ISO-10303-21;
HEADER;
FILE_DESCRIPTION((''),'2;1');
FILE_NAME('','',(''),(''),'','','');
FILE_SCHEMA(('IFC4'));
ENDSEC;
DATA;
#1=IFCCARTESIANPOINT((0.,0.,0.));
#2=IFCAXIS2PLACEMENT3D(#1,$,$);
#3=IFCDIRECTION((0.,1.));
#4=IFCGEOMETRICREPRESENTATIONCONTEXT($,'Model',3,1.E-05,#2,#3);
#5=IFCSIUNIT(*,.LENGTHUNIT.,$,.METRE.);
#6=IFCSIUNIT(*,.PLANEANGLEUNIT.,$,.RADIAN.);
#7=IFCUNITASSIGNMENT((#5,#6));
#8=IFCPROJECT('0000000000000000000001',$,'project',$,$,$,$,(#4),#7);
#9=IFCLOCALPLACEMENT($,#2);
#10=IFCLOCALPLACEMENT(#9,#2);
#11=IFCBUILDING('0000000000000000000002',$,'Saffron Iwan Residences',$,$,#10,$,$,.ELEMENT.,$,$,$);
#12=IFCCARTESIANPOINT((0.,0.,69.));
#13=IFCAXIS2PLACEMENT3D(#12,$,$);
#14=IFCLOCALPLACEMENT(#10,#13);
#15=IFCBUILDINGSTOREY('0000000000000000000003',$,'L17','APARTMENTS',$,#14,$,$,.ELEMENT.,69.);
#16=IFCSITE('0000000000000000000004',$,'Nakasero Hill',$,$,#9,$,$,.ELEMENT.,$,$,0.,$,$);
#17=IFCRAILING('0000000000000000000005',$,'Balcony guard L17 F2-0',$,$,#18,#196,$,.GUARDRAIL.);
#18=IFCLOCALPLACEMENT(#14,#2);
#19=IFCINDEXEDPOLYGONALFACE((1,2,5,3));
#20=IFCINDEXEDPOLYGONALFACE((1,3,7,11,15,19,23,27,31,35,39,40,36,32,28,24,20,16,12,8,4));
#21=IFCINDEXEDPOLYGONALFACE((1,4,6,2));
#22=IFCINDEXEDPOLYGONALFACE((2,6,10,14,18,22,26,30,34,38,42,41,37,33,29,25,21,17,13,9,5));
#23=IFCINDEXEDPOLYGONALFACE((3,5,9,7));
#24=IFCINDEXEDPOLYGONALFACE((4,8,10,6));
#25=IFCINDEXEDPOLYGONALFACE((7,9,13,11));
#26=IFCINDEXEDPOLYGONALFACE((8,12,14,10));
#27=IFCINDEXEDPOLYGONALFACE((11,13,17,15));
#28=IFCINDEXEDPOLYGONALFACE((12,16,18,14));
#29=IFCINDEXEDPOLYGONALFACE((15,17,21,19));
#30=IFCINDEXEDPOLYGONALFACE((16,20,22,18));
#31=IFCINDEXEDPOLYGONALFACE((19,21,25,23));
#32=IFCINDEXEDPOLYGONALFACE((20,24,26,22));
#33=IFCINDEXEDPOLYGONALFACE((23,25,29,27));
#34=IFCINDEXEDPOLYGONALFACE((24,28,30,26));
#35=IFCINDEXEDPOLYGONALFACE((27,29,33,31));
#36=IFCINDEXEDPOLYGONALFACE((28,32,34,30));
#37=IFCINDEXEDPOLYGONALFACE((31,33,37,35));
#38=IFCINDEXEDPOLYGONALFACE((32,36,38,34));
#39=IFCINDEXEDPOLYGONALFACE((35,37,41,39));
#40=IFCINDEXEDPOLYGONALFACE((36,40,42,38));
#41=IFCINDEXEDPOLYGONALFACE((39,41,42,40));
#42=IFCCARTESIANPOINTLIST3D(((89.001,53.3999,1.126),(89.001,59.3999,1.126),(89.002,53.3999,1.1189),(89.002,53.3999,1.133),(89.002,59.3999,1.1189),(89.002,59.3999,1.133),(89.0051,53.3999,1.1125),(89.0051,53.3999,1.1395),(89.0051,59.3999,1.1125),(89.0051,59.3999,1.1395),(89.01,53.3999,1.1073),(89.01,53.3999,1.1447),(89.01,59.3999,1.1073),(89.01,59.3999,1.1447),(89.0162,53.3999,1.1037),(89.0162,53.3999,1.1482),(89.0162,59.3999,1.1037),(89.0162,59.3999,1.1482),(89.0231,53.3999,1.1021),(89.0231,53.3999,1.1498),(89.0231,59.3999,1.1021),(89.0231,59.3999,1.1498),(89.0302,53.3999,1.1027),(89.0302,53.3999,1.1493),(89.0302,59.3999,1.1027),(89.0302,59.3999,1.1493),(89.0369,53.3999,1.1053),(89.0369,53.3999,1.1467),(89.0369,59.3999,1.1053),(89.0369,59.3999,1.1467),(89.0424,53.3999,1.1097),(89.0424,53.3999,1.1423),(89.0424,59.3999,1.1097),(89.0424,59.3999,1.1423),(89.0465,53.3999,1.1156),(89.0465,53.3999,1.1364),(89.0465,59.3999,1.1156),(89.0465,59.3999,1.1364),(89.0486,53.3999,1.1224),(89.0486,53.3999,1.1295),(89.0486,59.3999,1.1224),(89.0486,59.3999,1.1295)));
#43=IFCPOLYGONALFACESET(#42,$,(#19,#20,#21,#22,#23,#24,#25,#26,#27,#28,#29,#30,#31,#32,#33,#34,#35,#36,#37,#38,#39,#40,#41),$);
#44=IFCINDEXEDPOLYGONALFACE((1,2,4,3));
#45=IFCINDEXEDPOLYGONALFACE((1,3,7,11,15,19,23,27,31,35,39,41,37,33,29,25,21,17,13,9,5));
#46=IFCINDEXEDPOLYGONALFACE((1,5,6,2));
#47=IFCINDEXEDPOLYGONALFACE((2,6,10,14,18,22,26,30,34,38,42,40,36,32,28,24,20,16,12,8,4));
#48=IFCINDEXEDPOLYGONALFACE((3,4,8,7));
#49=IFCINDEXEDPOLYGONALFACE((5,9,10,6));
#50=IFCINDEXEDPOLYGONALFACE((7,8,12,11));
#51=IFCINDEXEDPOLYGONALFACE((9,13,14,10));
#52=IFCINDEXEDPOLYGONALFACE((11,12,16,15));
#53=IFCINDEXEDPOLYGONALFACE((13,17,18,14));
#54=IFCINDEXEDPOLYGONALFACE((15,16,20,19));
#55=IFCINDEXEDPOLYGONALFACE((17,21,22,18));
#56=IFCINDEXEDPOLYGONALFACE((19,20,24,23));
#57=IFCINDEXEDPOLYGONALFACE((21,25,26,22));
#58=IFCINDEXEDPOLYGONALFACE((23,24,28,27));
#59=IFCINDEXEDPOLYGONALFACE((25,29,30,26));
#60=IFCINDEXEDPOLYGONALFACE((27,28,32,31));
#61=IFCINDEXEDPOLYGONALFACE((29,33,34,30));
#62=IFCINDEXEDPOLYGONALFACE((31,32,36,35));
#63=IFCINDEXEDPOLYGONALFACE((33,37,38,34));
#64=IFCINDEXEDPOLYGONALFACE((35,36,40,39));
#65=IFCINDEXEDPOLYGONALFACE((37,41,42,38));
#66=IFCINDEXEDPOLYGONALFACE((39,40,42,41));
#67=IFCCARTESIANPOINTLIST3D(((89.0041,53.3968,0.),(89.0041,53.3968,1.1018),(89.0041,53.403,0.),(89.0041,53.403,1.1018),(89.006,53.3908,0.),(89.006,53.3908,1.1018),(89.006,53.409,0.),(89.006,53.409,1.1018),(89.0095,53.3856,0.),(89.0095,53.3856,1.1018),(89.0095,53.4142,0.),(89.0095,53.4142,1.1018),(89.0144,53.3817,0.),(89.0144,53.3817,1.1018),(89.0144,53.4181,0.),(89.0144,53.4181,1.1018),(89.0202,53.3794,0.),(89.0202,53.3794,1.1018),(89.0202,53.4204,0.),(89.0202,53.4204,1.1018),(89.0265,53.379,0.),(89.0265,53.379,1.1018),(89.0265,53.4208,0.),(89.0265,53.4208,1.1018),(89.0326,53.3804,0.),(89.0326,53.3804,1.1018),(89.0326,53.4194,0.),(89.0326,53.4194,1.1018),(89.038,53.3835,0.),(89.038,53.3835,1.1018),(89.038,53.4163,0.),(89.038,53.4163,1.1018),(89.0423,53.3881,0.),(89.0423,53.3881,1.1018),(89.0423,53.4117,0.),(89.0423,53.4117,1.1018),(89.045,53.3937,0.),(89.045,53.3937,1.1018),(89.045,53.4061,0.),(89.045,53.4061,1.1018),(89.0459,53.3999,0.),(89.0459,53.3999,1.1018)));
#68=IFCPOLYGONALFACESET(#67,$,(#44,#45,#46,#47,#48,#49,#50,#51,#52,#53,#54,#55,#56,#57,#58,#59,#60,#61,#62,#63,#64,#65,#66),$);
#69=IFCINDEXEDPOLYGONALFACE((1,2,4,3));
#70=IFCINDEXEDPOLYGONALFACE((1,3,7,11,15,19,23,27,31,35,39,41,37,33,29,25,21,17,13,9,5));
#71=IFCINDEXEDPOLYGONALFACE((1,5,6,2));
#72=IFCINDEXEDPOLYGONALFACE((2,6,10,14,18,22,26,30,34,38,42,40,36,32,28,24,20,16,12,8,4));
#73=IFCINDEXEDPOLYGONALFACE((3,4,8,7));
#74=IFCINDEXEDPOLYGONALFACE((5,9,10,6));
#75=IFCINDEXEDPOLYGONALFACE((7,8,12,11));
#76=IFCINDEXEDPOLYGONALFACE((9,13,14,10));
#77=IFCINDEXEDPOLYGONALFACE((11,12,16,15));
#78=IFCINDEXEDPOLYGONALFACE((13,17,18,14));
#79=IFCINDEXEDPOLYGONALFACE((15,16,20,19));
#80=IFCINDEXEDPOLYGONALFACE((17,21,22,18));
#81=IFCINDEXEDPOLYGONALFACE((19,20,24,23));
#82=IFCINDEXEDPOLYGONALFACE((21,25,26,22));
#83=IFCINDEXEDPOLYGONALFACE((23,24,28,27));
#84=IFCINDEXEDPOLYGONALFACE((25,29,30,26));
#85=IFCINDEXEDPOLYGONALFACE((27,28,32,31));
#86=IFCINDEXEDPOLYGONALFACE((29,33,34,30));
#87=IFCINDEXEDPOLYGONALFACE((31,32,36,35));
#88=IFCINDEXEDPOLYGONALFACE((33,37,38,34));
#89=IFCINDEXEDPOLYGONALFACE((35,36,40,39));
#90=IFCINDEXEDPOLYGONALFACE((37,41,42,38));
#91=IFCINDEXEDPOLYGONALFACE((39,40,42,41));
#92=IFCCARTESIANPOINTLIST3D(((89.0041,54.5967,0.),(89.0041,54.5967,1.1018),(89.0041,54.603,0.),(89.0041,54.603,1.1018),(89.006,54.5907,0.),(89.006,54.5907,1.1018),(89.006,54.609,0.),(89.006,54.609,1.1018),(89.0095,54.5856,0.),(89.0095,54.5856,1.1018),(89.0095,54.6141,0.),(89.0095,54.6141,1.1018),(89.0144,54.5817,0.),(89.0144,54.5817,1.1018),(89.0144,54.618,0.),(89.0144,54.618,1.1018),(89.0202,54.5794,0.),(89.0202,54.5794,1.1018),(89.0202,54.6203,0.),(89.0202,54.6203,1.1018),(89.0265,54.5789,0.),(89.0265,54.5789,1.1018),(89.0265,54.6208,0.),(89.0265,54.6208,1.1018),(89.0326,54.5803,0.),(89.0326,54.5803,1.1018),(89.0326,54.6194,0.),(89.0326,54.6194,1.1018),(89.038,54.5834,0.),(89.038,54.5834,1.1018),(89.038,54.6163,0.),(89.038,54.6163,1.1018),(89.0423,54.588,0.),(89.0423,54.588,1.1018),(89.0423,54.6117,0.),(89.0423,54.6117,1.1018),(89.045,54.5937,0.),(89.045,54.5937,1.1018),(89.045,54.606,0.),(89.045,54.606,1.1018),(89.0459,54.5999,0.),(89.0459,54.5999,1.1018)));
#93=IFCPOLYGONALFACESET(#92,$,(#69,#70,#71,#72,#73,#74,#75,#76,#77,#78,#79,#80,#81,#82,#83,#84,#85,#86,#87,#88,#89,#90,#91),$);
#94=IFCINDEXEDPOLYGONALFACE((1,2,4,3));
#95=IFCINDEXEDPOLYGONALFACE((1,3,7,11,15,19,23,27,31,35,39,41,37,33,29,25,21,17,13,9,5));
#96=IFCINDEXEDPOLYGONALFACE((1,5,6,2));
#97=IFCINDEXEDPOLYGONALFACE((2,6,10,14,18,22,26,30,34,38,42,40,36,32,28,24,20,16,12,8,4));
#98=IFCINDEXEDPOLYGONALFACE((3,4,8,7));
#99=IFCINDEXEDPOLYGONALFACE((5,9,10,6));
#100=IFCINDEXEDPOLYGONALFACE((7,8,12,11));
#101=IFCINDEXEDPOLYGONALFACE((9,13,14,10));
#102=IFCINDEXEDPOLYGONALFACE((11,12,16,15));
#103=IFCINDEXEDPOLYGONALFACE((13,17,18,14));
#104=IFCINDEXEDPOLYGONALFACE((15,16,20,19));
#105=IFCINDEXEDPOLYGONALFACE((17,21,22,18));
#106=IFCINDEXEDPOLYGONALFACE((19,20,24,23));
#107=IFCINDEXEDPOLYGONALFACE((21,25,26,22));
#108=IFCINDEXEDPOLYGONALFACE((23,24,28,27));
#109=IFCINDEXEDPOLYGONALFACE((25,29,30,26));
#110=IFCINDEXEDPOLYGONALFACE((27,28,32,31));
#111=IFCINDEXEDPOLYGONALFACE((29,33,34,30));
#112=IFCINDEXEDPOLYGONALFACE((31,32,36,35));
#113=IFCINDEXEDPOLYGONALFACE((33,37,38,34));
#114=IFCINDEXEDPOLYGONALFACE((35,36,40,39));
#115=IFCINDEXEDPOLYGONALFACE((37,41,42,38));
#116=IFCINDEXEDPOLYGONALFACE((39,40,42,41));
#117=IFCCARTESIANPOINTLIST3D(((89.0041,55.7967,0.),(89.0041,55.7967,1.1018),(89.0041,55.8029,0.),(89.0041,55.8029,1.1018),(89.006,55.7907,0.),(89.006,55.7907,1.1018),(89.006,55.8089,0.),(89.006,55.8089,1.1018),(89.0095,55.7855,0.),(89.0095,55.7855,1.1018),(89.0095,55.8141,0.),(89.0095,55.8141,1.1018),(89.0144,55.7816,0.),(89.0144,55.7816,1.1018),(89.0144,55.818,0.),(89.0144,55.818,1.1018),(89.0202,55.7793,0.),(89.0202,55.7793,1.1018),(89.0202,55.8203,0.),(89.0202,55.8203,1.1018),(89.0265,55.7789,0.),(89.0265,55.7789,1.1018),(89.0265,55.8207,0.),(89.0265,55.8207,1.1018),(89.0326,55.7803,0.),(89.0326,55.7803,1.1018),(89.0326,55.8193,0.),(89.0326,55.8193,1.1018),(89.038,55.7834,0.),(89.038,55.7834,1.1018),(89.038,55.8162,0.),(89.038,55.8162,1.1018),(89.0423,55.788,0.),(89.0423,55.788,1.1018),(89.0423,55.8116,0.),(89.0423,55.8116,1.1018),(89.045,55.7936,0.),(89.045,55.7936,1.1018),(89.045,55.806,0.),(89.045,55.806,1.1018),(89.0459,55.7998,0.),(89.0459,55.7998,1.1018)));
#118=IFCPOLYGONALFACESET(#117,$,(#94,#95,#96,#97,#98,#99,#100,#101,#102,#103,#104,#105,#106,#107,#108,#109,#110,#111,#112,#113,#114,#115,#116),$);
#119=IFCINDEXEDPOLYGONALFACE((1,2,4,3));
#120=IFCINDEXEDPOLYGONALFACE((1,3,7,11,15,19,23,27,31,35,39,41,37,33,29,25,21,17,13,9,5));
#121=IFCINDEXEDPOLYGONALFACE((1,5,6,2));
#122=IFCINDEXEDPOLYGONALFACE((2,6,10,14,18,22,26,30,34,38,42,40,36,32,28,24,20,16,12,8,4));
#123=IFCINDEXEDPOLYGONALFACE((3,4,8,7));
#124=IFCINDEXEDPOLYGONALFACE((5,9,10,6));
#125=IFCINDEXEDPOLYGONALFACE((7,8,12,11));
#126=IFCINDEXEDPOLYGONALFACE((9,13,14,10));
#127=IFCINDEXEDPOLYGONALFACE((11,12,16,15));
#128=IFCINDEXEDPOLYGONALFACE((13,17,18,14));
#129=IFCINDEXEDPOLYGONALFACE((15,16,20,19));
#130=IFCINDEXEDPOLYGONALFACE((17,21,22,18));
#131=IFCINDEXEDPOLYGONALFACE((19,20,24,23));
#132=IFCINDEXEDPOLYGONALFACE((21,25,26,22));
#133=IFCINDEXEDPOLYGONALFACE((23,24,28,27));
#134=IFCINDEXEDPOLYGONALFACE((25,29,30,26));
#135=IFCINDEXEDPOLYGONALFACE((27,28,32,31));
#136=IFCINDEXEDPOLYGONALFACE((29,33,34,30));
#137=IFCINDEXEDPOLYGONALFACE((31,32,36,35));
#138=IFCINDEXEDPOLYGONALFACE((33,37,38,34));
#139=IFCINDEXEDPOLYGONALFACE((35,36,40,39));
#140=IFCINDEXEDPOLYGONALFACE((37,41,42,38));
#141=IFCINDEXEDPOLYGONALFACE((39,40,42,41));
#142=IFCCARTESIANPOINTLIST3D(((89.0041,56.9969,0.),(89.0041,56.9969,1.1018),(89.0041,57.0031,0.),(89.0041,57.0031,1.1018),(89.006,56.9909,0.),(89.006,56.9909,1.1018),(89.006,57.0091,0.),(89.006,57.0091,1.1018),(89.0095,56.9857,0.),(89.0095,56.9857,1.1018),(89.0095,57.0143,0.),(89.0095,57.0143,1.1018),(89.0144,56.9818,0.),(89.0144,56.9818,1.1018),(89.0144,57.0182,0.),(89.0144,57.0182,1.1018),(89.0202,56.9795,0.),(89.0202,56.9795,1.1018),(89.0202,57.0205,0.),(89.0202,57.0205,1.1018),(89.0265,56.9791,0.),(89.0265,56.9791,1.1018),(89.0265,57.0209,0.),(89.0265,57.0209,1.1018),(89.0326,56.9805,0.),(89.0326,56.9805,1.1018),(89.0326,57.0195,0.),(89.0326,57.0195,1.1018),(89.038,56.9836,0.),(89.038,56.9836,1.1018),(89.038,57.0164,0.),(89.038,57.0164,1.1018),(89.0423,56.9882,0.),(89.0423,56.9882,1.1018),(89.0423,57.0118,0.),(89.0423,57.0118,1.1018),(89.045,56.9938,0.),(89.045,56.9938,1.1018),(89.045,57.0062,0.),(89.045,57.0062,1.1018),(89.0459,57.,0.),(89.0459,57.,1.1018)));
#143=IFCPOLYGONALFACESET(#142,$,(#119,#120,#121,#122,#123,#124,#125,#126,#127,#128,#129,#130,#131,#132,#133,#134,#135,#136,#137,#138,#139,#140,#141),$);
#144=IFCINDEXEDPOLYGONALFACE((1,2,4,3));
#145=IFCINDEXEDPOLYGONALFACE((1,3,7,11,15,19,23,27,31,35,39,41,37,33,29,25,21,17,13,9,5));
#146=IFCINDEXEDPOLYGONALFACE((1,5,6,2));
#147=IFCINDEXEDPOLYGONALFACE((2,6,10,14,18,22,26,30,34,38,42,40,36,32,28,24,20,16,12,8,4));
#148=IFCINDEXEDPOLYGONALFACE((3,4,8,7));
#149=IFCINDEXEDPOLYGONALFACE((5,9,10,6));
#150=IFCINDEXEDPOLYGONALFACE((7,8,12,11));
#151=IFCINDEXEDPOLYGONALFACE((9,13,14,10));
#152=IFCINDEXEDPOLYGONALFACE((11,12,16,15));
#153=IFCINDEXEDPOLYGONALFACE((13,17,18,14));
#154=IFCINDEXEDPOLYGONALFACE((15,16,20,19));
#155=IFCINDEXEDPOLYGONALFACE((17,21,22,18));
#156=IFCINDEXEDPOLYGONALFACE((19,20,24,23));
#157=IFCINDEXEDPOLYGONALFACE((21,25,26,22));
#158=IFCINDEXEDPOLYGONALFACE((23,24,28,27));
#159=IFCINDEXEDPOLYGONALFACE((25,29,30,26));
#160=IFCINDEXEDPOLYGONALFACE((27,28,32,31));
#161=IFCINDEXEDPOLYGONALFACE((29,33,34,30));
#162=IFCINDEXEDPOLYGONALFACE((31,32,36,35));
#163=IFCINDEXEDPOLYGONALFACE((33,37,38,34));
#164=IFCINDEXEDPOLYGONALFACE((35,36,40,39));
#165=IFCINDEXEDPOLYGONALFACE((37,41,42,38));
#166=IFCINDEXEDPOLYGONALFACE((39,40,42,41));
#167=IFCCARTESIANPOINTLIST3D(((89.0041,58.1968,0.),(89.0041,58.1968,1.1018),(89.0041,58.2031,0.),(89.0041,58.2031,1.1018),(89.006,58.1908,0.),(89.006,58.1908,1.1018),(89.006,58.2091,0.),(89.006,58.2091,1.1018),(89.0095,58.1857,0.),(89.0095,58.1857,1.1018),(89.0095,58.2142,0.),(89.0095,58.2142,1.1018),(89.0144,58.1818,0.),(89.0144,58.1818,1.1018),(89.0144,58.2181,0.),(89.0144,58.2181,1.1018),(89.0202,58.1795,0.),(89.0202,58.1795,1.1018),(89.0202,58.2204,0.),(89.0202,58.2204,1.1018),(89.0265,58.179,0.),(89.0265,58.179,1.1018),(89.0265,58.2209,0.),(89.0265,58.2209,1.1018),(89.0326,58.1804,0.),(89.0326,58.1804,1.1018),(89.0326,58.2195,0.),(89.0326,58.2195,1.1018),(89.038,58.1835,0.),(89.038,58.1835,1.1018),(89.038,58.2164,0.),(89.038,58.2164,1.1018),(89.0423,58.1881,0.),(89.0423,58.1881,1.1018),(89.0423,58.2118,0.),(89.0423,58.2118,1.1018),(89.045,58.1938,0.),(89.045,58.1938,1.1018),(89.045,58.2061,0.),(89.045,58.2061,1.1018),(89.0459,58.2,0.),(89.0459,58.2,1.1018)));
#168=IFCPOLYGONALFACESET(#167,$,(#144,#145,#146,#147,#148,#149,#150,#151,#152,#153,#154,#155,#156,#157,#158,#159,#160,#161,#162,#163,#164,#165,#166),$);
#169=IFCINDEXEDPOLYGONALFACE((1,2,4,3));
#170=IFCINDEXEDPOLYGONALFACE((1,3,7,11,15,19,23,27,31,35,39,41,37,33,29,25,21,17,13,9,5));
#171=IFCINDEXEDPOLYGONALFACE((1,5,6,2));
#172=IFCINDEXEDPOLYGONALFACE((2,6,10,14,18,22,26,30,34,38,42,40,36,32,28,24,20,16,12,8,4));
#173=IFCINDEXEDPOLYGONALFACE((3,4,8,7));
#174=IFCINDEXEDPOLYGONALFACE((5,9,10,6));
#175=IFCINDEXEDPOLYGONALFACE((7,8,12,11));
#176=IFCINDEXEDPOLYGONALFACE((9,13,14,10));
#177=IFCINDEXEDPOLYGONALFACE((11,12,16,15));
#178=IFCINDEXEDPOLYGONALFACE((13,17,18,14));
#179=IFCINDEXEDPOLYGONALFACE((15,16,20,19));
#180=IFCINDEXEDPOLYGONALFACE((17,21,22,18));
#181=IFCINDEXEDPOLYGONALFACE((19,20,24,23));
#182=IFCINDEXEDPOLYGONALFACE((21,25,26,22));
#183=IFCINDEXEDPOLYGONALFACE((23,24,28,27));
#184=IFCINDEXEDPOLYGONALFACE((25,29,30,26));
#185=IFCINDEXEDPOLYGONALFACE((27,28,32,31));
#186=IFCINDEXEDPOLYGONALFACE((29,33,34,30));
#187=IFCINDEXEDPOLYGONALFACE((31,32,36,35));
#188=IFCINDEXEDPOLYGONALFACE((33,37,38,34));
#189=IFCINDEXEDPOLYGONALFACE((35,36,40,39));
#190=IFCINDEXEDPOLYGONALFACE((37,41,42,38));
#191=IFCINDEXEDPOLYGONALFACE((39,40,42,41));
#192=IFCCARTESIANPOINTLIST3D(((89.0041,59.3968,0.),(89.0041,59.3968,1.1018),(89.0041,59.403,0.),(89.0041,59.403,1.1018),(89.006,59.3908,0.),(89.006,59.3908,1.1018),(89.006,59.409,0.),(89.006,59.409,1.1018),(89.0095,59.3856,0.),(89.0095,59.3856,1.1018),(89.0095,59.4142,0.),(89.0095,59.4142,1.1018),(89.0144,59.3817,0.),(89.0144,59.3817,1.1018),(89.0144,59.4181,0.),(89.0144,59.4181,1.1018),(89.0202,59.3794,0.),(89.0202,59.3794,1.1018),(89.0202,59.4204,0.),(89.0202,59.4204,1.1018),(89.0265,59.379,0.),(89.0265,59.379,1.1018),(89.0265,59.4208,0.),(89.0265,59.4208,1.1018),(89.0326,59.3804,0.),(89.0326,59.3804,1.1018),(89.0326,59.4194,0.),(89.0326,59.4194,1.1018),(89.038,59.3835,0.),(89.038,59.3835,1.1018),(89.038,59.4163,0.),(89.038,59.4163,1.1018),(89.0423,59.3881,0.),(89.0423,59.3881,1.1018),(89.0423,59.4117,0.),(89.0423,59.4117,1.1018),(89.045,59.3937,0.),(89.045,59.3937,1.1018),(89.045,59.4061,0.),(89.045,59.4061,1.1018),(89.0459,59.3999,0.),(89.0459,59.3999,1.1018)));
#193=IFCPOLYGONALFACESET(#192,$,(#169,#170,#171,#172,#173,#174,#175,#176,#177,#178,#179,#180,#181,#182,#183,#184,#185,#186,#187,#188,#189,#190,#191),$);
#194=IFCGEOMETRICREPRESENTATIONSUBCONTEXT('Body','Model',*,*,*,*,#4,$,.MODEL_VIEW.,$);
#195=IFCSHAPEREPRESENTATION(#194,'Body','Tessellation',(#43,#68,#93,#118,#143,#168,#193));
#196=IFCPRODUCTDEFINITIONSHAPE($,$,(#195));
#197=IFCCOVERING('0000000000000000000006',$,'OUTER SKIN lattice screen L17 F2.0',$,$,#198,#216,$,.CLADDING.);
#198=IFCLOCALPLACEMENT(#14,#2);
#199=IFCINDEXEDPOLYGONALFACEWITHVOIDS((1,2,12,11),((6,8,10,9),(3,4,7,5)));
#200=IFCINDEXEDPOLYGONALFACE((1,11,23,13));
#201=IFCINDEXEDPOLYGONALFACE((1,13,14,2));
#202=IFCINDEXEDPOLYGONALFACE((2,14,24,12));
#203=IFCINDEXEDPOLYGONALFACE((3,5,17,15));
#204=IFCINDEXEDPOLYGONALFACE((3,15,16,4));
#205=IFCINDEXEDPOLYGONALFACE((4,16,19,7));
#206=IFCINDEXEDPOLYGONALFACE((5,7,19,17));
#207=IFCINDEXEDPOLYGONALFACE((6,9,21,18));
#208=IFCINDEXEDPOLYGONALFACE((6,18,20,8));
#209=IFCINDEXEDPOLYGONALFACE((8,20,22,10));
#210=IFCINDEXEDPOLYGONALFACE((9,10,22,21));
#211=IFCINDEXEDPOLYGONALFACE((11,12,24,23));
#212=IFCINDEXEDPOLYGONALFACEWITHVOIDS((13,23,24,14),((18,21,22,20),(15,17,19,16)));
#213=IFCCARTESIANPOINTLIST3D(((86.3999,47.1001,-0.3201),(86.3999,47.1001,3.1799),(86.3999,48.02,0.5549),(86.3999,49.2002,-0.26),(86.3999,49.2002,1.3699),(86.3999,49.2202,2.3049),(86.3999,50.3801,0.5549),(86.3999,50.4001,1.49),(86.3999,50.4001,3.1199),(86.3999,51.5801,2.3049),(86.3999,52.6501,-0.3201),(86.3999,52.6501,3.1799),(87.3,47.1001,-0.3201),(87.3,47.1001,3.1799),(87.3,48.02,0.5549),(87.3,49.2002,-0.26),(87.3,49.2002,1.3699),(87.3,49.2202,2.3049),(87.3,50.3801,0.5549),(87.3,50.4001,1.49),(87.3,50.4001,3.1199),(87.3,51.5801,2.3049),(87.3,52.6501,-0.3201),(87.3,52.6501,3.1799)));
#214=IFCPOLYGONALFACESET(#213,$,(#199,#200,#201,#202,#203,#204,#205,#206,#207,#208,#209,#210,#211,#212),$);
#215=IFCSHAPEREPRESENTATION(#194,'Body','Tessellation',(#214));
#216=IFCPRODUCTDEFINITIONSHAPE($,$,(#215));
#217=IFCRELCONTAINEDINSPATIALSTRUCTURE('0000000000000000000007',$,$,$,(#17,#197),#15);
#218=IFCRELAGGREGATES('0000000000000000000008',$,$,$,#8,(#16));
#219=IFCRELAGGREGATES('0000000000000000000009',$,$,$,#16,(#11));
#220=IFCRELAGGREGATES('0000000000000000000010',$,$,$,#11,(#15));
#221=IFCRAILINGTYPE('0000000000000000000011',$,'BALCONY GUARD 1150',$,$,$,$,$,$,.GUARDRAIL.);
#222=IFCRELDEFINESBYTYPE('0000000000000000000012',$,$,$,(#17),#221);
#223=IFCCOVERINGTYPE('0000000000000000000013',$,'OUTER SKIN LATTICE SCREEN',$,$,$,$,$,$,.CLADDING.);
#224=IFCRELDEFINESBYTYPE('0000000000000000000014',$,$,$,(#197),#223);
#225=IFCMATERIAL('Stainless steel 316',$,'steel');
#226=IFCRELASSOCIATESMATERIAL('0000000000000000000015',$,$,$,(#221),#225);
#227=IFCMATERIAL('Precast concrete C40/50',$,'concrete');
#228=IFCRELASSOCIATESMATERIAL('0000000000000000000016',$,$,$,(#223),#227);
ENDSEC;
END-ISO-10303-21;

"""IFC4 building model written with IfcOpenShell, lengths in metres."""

from ifc_helpers import new_model, si_unit, direction, frame, origin, origin_2d, place, context, subcontext, project, spatial, polyline, circle, outline, extrude, material, type_object, element, save


model = new_model("IFC4")

# Units and contexts
model_context = context("Model", 3, precision=1e-05, world=origin(), true_north=direction((0.0, 1.0)))
body_context = subcontext(model_context, "Body", "Model", "MODEL_VIEW")
ifc_project = project(units=[si_unit("LENGTHUNIT", "METRE"), si_unit("PLANEANGLEUNIT", "RADIAN")], contexts=[model_context])

# Site, building, storey
site_placement = place(None, origin())
site = spatial("IfcSite", under=ifc_project, at=site_placement, Name="Nakasero Hill", CompositionType="ELEMENT", RefElevation=0.0)
building_placement = place(site_placement, origin())
building = spatial("IfcBuilding", under=site, at=building_placement, Name="Saffron Iwan Residences", CompositionType="ELEMENT")
storey_placement = place(building_placement, frame((0.0, 0.0, 69.0)))
storey = spatial("IfcBuildingStorey", under=building, at=storey_placement, Name="L17", Description="APARTMENTS", CompositionType="ELEMENT", Elevation=69.0)

# Railing
ifc_material_1 = material(Name="Stainless steel 316", Category="steel")
railing_type = type_object("IfcRailingType", Name="BALCONY GUARD 1150", PredefinedType="GUARDRAIL", material=ifc_material_1)
railing_placement = place(storey_placement, frame((89.0249, 53.3999, 0.0)))
element("IfcRailing", 1, at=railing_placement, inside=storey, type_object=railing_type, Name="Balcony guard L17 F2-0", PredefinedType="GUARDRAIL", context=body_context, shape_type="SweptSolid", body=[
    extrude(circle(Radius=0.0239, at=origin_2d()), frame((0.0, 0.0, 1.126), z_axis=(0.0, 1.0, 0.0), x_axis=(-1.0, 0.0, 0.0)), (0.0, 0.0, 1.0), 6.0),
    extrude(circle(Radius=0.021, at=origin_2d()), origin(), (0.0, 0.0, 1.0), 1.1018),
    extrude(circle(Radius=0.021, at=origin_2d()), frame((0.0, 1.2, 0.0)), (0.0, 0.0, 1.0), 1.1018),
    extrude(circle(Radius=0.021, at=origin_2d()), frame((0.0, 2.3999, 0.0)), (0.0, 0.0, 1.0), 1.1018),
    extrude(circle(Radius=0.021, at=origin_2d()), frame((0.0, 3.6001, 0.0)), (0.0, 0.0, 1.0), 1.1018),
    extrude(circle(Radius=0.021, at=origin_2d()), frame((0.0, 4.8, 0.0)), (0.0, 0.0, 1.0), 1.1018),
    extrude(circle(Radius=0.021, at=origin_2d()), frame((0.0, 6.0, 0.0)), (0.0, 0.0, 1.0), 1.1018),
])

# Covering
ifc_material_2 = material(Name="Precast concrete C40/50", Category="concrete")
covering_type = type_object("IfcCoveringType", Name="OUTER SKIN LATTICE SCREEN", PredefinedType="CLADDING", material=ifc_material_2)
covering_placement = place(storey_placement, frame((86.3999, 47.1001, -0.3201), z_axis=(1.0, 0.0, 0.0), x_axis=(0.0, 1.0, 0.0)))
element("IfcCovering", 2, at=covering_placement, inside=storey, type_object=covering_type, Name="OUTER SKIN lattice screen L17 F2.0", PredefinedType="CLADDING", context=body_context, shape_type="SweptSolid", body=[
    extrude(outline(polyline([(0.0, 0.0), (5.55, 0.0), (5.55, 3.5), (0.0, 3.5), (0.0, 0.0)]), holes=[polyline([(0.9199, 0.875), (2.1001, 0.0601), (3.28, 0.875), (2.1001, 1.6899), (0.9199, 0.875)]), polyline([(2.1201, 2.625), (3.3, 1.8101), (4.48, 2.625), (3.3, 3.4399), (2.1201, 2.625)])]), origin(), (0.0, 0.0, 1.0), 0.9001),
])

save(model, "model.ifc")
